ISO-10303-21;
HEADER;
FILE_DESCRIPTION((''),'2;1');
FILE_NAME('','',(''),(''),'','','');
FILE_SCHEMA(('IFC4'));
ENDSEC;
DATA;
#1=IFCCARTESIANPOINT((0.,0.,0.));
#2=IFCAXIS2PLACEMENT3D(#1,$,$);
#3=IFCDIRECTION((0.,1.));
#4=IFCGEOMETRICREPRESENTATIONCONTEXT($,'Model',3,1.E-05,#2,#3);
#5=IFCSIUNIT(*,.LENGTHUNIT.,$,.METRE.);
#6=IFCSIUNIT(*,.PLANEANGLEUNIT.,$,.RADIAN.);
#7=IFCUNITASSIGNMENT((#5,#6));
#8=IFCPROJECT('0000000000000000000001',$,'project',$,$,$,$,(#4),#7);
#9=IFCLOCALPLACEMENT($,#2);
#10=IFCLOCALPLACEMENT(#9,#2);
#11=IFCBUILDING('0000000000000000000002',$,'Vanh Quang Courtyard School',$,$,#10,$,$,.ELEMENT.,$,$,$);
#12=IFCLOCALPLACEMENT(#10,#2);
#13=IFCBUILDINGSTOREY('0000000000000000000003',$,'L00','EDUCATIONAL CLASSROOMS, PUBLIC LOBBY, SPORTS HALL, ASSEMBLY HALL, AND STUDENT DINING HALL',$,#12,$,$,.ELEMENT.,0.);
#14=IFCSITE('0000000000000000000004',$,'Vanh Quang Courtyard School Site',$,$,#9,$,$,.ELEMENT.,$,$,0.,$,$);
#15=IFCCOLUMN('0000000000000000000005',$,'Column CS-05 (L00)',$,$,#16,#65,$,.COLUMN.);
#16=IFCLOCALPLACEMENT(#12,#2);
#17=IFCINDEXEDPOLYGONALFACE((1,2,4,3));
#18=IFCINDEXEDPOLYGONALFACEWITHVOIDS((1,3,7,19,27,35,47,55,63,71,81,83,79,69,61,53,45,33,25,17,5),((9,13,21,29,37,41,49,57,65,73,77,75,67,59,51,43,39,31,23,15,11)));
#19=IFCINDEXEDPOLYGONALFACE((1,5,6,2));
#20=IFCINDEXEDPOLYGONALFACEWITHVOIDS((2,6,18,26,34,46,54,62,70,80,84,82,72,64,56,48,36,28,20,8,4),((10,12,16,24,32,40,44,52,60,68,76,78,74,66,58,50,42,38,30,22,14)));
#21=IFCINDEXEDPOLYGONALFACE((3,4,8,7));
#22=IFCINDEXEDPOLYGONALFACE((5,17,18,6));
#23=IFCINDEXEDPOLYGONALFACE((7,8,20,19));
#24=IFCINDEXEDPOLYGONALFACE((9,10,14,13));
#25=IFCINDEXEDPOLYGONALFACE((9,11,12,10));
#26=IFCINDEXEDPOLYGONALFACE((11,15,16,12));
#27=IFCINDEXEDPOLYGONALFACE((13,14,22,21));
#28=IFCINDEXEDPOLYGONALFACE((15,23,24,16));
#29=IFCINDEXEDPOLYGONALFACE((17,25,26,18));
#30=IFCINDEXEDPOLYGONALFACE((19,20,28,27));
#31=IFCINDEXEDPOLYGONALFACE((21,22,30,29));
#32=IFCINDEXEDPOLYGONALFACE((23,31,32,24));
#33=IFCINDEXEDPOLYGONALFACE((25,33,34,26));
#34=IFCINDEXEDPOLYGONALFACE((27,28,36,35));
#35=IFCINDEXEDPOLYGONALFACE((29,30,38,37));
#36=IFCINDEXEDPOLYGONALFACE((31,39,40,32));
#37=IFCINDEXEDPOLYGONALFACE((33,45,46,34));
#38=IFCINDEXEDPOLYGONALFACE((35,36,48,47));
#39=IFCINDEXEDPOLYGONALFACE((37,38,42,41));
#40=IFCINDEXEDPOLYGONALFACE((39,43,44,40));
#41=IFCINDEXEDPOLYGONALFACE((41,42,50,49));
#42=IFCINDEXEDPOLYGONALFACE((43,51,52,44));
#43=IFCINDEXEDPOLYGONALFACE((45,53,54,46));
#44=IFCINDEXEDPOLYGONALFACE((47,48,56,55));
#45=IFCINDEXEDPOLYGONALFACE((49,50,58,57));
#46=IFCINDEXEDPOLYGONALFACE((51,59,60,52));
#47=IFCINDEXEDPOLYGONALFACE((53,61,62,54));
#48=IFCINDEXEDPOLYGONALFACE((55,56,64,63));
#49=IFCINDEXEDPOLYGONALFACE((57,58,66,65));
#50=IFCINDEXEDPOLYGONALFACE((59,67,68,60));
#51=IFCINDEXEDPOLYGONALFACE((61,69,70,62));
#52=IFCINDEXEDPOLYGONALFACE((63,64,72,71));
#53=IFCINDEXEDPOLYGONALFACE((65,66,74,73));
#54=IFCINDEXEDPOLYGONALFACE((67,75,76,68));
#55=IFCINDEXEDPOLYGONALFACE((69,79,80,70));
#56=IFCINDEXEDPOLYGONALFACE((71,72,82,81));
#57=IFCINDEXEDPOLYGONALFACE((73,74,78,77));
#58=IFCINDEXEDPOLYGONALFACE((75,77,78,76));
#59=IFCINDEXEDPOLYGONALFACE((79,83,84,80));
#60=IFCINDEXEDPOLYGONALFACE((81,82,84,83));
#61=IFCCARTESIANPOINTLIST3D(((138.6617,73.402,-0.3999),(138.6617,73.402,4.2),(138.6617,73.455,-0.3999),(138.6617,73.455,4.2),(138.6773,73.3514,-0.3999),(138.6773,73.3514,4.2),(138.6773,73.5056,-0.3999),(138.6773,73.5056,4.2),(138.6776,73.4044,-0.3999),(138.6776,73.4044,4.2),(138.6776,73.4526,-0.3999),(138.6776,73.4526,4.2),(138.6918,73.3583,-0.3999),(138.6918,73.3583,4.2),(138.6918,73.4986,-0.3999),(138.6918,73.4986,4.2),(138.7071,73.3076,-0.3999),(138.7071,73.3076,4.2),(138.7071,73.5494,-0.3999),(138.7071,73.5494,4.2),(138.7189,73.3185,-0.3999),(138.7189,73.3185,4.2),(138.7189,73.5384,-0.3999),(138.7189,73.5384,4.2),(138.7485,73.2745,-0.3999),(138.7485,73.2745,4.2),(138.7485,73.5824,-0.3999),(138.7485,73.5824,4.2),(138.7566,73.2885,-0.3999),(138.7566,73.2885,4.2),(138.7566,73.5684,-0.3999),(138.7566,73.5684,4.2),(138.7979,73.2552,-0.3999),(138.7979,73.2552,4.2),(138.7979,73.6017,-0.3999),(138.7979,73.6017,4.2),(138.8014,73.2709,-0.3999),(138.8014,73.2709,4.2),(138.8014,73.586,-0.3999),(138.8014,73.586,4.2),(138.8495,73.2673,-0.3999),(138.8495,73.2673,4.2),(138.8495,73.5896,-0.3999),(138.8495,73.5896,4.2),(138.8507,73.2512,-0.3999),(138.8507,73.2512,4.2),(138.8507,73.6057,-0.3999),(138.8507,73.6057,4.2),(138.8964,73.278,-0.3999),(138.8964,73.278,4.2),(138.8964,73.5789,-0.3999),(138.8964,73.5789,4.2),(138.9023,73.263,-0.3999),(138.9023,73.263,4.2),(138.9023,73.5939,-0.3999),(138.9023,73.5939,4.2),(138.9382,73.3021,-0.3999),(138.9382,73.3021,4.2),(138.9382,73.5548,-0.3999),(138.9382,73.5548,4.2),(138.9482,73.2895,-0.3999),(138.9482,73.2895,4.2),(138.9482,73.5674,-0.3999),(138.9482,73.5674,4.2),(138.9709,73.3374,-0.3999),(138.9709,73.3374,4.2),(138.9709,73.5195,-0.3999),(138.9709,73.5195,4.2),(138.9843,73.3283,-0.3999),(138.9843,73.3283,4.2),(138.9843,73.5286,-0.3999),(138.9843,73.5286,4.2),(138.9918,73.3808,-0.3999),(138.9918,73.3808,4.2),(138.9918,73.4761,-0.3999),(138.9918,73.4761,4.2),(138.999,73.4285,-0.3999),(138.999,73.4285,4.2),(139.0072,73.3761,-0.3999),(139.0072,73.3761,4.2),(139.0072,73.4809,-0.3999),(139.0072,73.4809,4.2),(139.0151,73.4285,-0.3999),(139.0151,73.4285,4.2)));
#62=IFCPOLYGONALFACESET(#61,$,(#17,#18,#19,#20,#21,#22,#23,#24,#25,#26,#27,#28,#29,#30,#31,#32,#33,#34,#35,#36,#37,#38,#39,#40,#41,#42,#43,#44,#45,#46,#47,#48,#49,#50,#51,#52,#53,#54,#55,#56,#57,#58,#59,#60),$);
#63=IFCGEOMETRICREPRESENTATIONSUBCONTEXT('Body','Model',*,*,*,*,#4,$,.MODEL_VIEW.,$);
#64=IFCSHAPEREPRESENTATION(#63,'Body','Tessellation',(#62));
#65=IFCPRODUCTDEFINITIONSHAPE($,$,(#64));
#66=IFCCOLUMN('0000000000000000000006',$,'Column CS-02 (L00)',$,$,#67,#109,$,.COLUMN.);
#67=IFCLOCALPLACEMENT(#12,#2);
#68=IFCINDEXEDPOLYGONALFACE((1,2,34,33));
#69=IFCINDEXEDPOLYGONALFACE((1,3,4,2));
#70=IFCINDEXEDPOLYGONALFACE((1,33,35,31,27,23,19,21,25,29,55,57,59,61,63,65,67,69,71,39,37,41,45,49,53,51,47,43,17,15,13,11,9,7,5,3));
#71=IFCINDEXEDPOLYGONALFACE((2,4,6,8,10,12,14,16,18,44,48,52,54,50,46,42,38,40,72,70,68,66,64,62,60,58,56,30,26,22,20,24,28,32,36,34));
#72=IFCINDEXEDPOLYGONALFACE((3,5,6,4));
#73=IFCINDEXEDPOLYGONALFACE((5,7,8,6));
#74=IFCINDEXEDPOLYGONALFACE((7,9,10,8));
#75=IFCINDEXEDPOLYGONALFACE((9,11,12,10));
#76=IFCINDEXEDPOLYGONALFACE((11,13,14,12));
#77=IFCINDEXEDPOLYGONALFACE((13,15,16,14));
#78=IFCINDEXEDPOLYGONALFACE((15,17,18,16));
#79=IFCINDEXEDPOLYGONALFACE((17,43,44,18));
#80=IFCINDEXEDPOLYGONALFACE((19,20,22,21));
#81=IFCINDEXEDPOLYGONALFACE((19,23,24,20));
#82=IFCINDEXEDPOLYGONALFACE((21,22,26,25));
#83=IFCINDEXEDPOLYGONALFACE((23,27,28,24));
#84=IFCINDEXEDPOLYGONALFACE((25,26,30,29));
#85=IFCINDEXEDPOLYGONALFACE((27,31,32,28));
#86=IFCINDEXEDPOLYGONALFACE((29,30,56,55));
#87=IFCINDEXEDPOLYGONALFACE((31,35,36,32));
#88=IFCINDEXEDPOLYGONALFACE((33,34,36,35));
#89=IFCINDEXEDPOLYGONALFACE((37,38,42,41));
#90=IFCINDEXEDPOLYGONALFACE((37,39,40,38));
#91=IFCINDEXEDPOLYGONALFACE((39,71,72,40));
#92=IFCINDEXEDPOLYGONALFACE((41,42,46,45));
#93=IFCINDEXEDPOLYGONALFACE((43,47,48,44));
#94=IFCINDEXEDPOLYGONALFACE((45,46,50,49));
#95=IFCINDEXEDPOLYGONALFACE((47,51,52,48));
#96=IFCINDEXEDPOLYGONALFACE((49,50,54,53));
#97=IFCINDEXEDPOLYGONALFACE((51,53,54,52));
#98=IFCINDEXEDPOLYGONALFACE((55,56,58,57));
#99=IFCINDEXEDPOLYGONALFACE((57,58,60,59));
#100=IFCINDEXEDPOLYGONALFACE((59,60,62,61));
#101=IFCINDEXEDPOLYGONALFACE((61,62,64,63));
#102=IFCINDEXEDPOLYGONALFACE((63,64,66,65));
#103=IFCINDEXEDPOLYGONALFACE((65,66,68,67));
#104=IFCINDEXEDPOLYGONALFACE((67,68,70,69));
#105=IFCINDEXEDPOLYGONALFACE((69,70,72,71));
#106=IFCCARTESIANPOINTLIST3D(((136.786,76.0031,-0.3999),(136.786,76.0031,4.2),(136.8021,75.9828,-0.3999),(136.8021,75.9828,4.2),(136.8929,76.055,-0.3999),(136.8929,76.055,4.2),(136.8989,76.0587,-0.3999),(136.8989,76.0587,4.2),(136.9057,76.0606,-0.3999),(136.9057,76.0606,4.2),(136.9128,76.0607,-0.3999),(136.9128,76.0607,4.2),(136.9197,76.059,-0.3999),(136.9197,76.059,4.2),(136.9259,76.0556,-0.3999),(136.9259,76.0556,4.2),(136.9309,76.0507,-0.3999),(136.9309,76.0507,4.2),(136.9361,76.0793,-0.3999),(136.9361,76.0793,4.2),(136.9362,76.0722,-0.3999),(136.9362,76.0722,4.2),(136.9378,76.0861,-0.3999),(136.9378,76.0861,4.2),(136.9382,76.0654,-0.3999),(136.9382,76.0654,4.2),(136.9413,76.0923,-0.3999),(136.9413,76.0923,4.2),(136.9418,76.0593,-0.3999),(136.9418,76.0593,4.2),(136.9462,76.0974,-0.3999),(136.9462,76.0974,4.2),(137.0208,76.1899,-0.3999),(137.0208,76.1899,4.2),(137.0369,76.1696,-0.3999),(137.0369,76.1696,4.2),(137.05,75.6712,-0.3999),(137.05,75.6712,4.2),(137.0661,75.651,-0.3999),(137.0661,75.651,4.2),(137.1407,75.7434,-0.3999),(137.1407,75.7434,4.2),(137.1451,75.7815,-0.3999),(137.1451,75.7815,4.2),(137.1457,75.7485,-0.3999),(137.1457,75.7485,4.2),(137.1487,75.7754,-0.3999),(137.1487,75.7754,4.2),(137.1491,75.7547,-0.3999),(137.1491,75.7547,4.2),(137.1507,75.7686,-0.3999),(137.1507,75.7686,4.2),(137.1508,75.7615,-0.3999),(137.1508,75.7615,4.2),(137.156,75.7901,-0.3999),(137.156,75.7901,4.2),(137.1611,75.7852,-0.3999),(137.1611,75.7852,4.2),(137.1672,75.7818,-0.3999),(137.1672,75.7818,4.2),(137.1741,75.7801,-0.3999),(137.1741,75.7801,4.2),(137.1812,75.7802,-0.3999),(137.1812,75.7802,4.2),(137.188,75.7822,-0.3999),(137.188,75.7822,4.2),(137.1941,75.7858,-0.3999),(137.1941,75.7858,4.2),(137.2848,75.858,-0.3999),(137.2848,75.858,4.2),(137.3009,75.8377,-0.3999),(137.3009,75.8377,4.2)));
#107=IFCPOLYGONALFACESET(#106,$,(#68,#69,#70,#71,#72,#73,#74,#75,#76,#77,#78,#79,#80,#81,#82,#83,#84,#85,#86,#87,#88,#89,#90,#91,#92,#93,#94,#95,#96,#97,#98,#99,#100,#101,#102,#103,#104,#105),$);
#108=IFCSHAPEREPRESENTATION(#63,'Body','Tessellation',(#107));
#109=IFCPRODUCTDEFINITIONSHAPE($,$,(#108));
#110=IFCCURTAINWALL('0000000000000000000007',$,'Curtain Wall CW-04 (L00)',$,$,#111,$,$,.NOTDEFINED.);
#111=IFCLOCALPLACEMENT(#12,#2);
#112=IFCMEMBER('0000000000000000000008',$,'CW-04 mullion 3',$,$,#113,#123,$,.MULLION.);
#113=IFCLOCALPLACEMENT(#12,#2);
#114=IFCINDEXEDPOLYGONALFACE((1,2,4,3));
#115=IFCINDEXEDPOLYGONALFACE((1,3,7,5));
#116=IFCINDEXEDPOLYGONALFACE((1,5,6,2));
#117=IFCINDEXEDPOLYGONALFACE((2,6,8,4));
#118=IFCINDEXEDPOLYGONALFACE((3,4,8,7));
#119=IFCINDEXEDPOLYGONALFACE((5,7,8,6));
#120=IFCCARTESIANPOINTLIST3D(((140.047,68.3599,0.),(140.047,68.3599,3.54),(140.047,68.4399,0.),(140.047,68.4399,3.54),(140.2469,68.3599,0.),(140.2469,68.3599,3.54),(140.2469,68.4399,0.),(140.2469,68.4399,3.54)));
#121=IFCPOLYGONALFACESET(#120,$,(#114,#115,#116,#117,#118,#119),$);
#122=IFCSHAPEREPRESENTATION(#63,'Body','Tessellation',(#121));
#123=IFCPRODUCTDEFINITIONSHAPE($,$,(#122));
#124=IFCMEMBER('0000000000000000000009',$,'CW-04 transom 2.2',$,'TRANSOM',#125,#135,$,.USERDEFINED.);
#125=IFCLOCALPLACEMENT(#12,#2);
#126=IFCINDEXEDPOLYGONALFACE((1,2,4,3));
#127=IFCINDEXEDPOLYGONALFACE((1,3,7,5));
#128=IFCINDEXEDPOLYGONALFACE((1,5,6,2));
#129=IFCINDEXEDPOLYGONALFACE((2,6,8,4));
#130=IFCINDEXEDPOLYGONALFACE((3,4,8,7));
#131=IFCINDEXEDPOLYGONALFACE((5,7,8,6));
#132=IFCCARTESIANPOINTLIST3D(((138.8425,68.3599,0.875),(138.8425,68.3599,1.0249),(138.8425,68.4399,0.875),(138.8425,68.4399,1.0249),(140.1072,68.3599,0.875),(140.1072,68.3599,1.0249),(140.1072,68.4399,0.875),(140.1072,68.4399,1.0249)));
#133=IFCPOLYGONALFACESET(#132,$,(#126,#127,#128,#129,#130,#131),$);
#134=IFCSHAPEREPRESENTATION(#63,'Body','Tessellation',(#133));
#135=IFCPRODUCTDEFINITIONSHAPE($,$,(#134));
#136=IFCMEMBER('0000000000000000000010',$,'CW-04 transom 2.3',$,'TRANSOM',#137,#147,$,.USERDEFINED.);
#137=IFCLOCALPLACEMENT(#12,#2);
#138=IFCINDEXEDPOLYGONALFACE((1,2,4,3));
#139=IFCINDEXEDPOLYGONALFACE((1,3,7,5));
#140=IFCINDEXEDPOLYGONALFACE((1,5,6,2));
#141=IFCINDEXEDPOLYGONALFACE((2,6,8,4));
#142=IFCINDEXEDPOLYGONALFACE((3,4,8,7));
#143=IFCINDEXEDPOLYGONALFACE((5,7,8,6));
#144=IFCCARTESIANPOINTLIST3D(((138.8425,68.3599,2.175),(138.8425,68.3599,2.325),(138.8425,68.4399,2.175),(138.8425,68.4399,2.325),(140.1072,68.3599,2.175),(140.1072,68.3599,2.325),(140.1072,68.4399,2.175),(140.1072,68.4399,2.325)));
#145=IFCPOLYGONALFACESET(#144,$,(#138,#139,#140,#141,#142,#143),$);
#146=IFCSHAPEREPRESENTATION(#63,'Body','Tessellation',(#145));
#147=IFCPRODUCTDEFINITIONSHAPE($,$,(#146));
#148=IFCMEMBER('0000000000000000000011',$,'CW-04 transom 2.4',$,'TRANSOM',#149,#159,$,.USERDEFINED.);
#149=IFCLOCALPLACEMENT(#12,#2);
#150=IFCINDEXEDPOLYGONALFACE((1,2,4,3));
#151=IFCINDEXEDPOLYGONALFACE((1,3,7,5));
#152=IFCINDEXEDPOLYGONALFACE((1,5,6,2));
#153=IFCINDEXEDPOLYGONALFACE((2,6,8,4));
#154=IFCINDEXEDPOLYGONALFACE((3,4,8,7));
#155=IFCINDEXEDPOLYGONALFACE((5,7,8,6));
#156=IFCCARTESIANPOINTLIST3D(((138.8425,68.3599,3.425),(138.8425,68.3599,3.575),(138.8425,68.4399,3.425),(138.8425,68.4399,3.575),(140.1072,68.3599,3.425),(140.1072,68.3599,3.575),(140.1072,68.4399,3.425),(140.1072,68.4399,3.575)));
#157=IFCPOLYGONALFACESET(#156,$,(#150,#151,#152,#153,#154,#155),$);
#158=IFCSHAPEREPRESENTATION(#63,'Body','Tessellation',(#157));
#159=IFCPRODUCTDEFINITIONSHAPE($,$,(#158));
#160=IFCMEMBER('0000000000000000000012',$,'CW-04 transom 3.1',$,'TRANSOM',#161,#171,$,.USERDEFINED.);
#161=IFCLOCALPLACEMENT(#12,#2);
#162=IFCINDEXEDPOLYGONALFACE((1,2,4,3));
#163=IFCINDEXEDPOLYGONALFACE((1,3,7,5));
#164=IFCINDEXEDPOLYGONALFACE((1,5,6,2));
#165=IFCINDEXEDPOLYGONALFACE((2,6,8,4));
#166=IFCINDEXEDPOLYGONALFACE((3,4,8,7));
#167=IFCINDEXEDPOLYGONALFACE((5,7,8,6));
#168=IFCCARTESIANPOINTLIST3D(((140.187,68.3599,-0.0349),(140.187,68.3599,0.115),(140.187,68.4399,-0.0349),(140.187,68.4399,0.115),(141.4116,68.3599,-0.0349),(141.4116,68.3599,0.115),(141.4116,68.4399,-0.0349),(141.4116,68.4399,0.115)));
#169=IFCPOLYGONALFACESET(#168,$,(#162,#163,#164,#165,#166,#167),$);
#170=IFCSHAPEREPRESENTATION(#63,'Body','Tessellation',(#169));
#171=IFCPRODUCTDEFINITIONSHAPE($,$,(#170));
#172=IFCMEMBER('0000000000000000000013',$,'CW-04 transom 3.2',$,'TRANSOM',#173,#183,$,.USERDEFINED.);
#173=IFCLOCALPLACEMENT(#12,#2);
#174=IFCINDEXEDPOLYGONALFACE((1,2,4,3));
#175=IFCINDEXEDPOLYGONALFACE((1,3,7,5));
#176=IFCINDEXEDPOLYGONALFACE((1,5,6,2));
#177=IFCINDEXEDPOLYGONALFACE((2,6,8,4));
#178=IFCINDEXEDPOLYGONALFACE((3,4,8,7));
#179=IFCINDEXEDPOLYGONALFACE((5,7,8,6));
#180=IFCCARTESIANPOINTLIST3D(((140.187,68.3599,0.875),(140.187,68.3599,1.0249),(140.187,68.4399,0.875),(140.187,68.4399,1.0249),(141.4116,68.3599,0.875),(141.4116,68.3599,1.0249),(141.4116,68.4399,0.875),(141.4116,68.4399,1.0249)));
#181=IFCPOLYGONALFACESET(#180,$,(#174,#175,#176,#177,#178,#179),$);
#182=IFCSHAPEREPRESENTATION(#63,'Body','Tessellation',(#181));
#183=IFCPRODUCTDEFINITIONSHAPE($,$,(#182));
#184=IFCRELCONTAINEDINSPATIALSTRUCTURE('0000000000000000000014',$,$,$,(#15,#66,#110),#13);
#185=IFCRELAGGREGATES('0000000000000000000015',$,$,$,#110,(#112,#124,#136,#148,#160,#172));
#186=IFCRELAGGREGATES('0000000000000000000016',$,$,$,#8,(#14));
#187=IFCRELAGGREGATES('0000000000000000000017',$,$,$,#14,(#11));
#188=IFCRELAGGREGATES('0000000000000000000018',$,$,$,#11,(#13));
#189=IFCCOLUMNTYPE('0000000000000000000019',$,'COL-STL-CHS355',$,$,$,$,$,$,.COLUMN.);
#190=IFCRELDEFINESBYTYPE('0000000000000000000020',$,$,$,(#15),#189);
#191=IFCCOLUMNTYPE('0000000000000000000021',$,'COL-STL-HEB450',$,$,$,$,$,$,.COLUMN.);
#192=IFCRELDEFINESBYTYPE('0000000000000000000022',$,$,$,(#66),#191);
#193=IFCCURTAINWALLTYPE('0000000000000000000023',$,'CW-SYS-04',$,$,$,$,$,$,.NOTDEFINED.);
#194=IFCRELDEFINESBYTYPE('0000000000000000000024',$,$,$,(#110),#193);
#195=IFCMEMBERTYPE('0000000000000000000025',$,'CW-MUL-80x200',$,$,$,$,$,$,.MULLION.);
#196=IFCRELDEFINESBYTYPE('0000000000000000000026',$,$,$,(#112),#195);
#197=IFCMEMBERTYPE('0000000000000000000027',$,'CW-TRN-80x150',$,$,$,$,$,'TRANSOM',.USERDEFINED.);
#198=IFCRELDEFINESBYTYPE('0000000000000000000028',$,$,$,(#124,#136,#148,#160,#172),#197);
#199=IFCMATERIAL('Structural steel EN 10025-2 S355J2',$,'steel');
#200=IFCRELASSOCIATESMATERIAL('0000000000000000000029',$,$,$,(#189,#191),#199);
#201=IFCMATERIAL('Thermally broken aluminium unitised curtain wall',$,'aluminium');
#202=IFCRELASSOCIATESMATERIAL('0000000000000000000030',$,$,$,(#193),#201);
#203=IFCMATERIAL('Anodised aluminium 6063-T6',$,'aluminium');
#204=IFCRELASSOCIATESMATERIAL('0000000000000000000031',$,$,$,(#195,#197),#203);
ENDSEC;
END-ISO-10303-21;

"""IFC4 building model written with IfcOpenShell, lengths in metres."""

from ifc_helpers import new_model, si_unit, direction, frame, origin, origin_2d, place, context, subcontext, project, spatial, rectangle, hollow_circle, i_section, extrude, material, material_profile, profile_set, type_object, element, aggregate, save


model = new_model("IFC4")

# Units and contexts
model_context = context("Model", 3, precision=1e-05, world=origin(), true_north=direction((0.0, 1.0)))
body_context = subcontext(model_context, "Body", "Model", "MODEL_VIEW")
ifc_project = project(units=[si_unit("LENGTHUNIT", "METRE"), si_unit("PLANEANGLEUNIT", "RADIAN")], contexts=[model_context])

# Site, building, storey
site_placement = place(None, origin())
site = spatial("IfcSite", under=ifc_project, at=site_placement, Name="Vanh Quang Courtyard School Site", CompositionType="ELEMENT", RefElevation=0.0)
building_placement = place(site_placement, origin())
building = spatial("IfcBuilding", under=site, at=building_placement, Name="Vanh Quang Courtyard School", CompositionType="ELEMENT")
storey_placement = place(building_placement, origin())
storey = spatial("IfcBuildingStorey", under=building, at=storey_placement, Name="L00", Description="EDUCATIONAL CLASSROOMS, PUBLIC LOBBY, SPORTS HALL, ASSEMBLY HALL, AND STUDENT DINING HALL", CompositionType="ELEMENT", Elevation=0.0)

# Columns
ifc_material_1 = material(Name="Structural steel EN 10025-2 S355J2", Category="steel")
ifc_material_profile_1 = material_profile(ifc_material_1, hollow_circle(Radius=0.1777, WallThickness=0.0161, at=origin_2d()), Name="CHS 355.6x16")
ifc_profile_set_1 = profile_set([ifc_material_profile_1], Name="Structural steel EN 10025-2 S355J2")
column_type_1 = type_object("IfcColumnType", Name="COL-STL-CHS355", PredefinedType="COLUMN", material=ifc_profile_set_1)
column_1_placement = place(storey_placement, frame((138.8374, 73.4285, -0.3999), z_axis=(0.0, 0.0, 1.0), x_axis=(1.0, 0.0, 0.0)))
element("IfcColumn", 1, at=column_1_placement, inside=storey, type_object=column_type_1, Name="Column CS-05 (L00)", PredefinedType="COLUMN", context=body_context, shape_type="SweptSolid", body=[
    extrude(hollow_circle(Radius=0.1777, WallThickness=0.0161, at=origin_2d()), origin(), (0.0, 0.0, 1.0), 4.5999),
])
ifc_material_profile_2 = material_profile(ifc_material_1, i_section(OverallWidth=0.3, OverallDepth=0.45, WebThickness=0.0139, FlangeThickness=0.0259, FilletRadius=0.0271, at=origin_2d()), Name="HEB 450")
ifc_profile_set_2 = profile_set([ifc_material_profile_2], Name="Structural steel EN 10025-2 S355J2")
column_type_2 = type_object("IfcColumnType", Name="COL-STL-HEB450", PredefinedType="COLUMN", material=ifc_profile_set_2)
column_2_placement = place(storey_placement, frame((137.0435, 75.9204, -0.3999), z_axis=(0.0, 0.0, 1.0), x_axis=(0.782608, 0.622515, 0.0)))
element("IfcColumn", 2, at=column_2_placement, inside=storey, type_object=column_type_2, Name="Column CS-02 (L00)", PredefinedType="COLUMN", context=body_context, shape_type="SweptSolid", body=[
    extrude(i_section(OverallWidth=0.3, OverallDepth=0.45, WebThickness=0.0139, FlangeThickness=0.0259, FilletRadius=0.0271, at=origin_2d()), origin(), (0.0, 0.0, 1.0), 4.5999),
])

# Curtain wall, members
ifc_material_2 = material(Name="Thermally broken aluminium unitised curtain wall", Category="aluminium")
curtain_wall_type = type_object("IfcCurtainWallType", Name="CW-SYS-04", PredefinedType="NOTDEFINED", material=ifc_material_2)
curtain_wall_placement = place(storey_placement, origin())
curtain_wall = element("IfcCurtainWall", 3, at=curtain_wall_placement, inside=storey, type_object=curtain_wall_type, Name="Curtain Wall CW-04 (L00)", PredefinedType="NOTDEFINED")
ifc_material_3 = material(Name="Anodised aluminium 6063-T6", Category="aluminium")
ifc_material_profile_3 = material_profile(ifc_material_3, rectangle(XDim=0.0801, YDim=0.2, at=origin_2d()), Name="ALU-MUL 80x200")
ifc_profile_set_3 = profile_set([ifc_material_profile_3], Name="Anodised aluminium 6063-T6")
member_type_1 = type_object("IfcMemberType", Name="CW-MUL-80x200", PredefinedType="MULLION", material=ifc_profile_set_3)
member_1_placement = place(storey_placement, frame((140.147, 68.3999, 0.0), z_axis=(0.0, 0.0, 1.0), x_axis=(0.0, 1.0, 0.0)))
member_1 = element("IfcMember", 4, at=member_1_placement, type_object=member_type_1, Name="CW-04 mullion 3", PredefinedType="MULLION", context=body_context, shape_type="SweptSolid", body=[
    extrude(rectangle(XDim=0.0801, YDim=0.2, at=origin_2d()), origin(), (0.0, 0.0, 1.0), 3.54),
])
ifc_material_profile_4 = material_profile(ifc_material_3, rectangle(XDim=0.0801, YDim=0.1499, at=origin_2d()), Name="ALU-TRN 80x150")
ifc_profile_set_4 = profile_set([ifc_material_profile_4], Name="Anodised aluminium 6063-T6")
member_type_2 = type_object("IfcMemberType", Name="CW-TRN-80x150", ElementType="TRANSOM", PredefinedType="USERDEFINED", material=ifc_profile_set_4)
member_2_placement = place(storey_placement, frame((138.8425, 68.3999, 0.95), z_axis=(1.0, 0.0, 0.0), x_axis=(0.0, 1.0, 0.0)))
member_2 = element("IfcMember", 5, at=member_2_placement, type_object=member_type_2, Name="CW-04 transom 2.2", ObjectType="TRANSOM", PredefinedType="USERDEFINED", context=body_context, shape_type="SweptSolid", body=[
    extrude(rectangle(XDim=0.0801, YDim=0.1499, at=origin_2d()), origin(), (0.0, 0.0, 1.0), 1.2646),
])
member_3_placement = place(storey_placement, frame((138.8425, 68.3999, 2.25), z_axis=(1.0, 0.0, 0.0), x_axis=(0.0, 1.0, 0.0)))
member_3 = element("IfcMember", 6, at=member_3_placement, type_object=member_type_2, Name="CW-04 transom 2.3", ObjectType="TRANSOM", PredefinedType="USERDEFINED", context=body_context, shape_type="SweptSolid", body=[
    extrude(rectangle(XDim=0.0801, YDim=0.1499, at=origin_2d()), origin(), (0.0, 0.0, 1.0), 1.2646),
])
member_4_placement = place(storey_placement, frame((138.8425, 68.3999, 3.5), z_axis=(1.0, 0.0, 0.0), x_axis=(0.0, 1.0, 0.0)))
member_4 = element("IfcMember", 7, at=member_4_placement, type_object=member_type_2, Name="CW-04 transom 2.4", ObjectType="TRANSOM", PredefinedType="USERDEFINED", context=body_context, shape_type="SweptSolid", body=[
    extrude(rectangle(XDim=0.0801, YDim=0.1499, at=origin_2d()), origin(), (0.0, 0.0, 1.0), 1.2646),
])
member_5_placement = place(storey_placement, frame((140.187, 68.3999, 0.04), z_axis=(1.0, 0.0, 0.0), x_axis=(0.0, 1.0, 0.0)))
member_5 = element("IfcMember", 8, at=member_5_placement, type_object=member_type_2, Name="CW-04 transom 3.1", ObjectType="TRANSOM", PredefinedType="USERDEFINED", context=body_context, shape_type="SweptSolid", body=[
    extrude(rectangle(XDim=0.0801, YDim=0.1499, at=origin_2d()), origin(), (0.0, 0.0, 1.0), 1.2246),
])
member_6_placement = place(storey_placement, frame((140.187, 68.3999, 0.95), z_axis=(1.0, 0.0, 0.0), x_axis=(0.0, 1.0, 0.0)))
member_6 = element("IfcMember", 9, at=member_6_placement, type_object=member_type_2, Name="CW-04 transom 3.2", ObjectType="TRANSOM", PredefinedType="USERDEFINED", context=body_context, shape_type="SweptSolid", body=[
    extrude(rectangle(XDim=0.0801, YDim=0.1499, at=origin_2d()), origin(), (0.0, 0.0, 1.0), 1.2246),
])
aggregate(curtain_wall, [member_1, member_2, member_3, member_4, member_5, member_6])

save(model, "model.ifc")
